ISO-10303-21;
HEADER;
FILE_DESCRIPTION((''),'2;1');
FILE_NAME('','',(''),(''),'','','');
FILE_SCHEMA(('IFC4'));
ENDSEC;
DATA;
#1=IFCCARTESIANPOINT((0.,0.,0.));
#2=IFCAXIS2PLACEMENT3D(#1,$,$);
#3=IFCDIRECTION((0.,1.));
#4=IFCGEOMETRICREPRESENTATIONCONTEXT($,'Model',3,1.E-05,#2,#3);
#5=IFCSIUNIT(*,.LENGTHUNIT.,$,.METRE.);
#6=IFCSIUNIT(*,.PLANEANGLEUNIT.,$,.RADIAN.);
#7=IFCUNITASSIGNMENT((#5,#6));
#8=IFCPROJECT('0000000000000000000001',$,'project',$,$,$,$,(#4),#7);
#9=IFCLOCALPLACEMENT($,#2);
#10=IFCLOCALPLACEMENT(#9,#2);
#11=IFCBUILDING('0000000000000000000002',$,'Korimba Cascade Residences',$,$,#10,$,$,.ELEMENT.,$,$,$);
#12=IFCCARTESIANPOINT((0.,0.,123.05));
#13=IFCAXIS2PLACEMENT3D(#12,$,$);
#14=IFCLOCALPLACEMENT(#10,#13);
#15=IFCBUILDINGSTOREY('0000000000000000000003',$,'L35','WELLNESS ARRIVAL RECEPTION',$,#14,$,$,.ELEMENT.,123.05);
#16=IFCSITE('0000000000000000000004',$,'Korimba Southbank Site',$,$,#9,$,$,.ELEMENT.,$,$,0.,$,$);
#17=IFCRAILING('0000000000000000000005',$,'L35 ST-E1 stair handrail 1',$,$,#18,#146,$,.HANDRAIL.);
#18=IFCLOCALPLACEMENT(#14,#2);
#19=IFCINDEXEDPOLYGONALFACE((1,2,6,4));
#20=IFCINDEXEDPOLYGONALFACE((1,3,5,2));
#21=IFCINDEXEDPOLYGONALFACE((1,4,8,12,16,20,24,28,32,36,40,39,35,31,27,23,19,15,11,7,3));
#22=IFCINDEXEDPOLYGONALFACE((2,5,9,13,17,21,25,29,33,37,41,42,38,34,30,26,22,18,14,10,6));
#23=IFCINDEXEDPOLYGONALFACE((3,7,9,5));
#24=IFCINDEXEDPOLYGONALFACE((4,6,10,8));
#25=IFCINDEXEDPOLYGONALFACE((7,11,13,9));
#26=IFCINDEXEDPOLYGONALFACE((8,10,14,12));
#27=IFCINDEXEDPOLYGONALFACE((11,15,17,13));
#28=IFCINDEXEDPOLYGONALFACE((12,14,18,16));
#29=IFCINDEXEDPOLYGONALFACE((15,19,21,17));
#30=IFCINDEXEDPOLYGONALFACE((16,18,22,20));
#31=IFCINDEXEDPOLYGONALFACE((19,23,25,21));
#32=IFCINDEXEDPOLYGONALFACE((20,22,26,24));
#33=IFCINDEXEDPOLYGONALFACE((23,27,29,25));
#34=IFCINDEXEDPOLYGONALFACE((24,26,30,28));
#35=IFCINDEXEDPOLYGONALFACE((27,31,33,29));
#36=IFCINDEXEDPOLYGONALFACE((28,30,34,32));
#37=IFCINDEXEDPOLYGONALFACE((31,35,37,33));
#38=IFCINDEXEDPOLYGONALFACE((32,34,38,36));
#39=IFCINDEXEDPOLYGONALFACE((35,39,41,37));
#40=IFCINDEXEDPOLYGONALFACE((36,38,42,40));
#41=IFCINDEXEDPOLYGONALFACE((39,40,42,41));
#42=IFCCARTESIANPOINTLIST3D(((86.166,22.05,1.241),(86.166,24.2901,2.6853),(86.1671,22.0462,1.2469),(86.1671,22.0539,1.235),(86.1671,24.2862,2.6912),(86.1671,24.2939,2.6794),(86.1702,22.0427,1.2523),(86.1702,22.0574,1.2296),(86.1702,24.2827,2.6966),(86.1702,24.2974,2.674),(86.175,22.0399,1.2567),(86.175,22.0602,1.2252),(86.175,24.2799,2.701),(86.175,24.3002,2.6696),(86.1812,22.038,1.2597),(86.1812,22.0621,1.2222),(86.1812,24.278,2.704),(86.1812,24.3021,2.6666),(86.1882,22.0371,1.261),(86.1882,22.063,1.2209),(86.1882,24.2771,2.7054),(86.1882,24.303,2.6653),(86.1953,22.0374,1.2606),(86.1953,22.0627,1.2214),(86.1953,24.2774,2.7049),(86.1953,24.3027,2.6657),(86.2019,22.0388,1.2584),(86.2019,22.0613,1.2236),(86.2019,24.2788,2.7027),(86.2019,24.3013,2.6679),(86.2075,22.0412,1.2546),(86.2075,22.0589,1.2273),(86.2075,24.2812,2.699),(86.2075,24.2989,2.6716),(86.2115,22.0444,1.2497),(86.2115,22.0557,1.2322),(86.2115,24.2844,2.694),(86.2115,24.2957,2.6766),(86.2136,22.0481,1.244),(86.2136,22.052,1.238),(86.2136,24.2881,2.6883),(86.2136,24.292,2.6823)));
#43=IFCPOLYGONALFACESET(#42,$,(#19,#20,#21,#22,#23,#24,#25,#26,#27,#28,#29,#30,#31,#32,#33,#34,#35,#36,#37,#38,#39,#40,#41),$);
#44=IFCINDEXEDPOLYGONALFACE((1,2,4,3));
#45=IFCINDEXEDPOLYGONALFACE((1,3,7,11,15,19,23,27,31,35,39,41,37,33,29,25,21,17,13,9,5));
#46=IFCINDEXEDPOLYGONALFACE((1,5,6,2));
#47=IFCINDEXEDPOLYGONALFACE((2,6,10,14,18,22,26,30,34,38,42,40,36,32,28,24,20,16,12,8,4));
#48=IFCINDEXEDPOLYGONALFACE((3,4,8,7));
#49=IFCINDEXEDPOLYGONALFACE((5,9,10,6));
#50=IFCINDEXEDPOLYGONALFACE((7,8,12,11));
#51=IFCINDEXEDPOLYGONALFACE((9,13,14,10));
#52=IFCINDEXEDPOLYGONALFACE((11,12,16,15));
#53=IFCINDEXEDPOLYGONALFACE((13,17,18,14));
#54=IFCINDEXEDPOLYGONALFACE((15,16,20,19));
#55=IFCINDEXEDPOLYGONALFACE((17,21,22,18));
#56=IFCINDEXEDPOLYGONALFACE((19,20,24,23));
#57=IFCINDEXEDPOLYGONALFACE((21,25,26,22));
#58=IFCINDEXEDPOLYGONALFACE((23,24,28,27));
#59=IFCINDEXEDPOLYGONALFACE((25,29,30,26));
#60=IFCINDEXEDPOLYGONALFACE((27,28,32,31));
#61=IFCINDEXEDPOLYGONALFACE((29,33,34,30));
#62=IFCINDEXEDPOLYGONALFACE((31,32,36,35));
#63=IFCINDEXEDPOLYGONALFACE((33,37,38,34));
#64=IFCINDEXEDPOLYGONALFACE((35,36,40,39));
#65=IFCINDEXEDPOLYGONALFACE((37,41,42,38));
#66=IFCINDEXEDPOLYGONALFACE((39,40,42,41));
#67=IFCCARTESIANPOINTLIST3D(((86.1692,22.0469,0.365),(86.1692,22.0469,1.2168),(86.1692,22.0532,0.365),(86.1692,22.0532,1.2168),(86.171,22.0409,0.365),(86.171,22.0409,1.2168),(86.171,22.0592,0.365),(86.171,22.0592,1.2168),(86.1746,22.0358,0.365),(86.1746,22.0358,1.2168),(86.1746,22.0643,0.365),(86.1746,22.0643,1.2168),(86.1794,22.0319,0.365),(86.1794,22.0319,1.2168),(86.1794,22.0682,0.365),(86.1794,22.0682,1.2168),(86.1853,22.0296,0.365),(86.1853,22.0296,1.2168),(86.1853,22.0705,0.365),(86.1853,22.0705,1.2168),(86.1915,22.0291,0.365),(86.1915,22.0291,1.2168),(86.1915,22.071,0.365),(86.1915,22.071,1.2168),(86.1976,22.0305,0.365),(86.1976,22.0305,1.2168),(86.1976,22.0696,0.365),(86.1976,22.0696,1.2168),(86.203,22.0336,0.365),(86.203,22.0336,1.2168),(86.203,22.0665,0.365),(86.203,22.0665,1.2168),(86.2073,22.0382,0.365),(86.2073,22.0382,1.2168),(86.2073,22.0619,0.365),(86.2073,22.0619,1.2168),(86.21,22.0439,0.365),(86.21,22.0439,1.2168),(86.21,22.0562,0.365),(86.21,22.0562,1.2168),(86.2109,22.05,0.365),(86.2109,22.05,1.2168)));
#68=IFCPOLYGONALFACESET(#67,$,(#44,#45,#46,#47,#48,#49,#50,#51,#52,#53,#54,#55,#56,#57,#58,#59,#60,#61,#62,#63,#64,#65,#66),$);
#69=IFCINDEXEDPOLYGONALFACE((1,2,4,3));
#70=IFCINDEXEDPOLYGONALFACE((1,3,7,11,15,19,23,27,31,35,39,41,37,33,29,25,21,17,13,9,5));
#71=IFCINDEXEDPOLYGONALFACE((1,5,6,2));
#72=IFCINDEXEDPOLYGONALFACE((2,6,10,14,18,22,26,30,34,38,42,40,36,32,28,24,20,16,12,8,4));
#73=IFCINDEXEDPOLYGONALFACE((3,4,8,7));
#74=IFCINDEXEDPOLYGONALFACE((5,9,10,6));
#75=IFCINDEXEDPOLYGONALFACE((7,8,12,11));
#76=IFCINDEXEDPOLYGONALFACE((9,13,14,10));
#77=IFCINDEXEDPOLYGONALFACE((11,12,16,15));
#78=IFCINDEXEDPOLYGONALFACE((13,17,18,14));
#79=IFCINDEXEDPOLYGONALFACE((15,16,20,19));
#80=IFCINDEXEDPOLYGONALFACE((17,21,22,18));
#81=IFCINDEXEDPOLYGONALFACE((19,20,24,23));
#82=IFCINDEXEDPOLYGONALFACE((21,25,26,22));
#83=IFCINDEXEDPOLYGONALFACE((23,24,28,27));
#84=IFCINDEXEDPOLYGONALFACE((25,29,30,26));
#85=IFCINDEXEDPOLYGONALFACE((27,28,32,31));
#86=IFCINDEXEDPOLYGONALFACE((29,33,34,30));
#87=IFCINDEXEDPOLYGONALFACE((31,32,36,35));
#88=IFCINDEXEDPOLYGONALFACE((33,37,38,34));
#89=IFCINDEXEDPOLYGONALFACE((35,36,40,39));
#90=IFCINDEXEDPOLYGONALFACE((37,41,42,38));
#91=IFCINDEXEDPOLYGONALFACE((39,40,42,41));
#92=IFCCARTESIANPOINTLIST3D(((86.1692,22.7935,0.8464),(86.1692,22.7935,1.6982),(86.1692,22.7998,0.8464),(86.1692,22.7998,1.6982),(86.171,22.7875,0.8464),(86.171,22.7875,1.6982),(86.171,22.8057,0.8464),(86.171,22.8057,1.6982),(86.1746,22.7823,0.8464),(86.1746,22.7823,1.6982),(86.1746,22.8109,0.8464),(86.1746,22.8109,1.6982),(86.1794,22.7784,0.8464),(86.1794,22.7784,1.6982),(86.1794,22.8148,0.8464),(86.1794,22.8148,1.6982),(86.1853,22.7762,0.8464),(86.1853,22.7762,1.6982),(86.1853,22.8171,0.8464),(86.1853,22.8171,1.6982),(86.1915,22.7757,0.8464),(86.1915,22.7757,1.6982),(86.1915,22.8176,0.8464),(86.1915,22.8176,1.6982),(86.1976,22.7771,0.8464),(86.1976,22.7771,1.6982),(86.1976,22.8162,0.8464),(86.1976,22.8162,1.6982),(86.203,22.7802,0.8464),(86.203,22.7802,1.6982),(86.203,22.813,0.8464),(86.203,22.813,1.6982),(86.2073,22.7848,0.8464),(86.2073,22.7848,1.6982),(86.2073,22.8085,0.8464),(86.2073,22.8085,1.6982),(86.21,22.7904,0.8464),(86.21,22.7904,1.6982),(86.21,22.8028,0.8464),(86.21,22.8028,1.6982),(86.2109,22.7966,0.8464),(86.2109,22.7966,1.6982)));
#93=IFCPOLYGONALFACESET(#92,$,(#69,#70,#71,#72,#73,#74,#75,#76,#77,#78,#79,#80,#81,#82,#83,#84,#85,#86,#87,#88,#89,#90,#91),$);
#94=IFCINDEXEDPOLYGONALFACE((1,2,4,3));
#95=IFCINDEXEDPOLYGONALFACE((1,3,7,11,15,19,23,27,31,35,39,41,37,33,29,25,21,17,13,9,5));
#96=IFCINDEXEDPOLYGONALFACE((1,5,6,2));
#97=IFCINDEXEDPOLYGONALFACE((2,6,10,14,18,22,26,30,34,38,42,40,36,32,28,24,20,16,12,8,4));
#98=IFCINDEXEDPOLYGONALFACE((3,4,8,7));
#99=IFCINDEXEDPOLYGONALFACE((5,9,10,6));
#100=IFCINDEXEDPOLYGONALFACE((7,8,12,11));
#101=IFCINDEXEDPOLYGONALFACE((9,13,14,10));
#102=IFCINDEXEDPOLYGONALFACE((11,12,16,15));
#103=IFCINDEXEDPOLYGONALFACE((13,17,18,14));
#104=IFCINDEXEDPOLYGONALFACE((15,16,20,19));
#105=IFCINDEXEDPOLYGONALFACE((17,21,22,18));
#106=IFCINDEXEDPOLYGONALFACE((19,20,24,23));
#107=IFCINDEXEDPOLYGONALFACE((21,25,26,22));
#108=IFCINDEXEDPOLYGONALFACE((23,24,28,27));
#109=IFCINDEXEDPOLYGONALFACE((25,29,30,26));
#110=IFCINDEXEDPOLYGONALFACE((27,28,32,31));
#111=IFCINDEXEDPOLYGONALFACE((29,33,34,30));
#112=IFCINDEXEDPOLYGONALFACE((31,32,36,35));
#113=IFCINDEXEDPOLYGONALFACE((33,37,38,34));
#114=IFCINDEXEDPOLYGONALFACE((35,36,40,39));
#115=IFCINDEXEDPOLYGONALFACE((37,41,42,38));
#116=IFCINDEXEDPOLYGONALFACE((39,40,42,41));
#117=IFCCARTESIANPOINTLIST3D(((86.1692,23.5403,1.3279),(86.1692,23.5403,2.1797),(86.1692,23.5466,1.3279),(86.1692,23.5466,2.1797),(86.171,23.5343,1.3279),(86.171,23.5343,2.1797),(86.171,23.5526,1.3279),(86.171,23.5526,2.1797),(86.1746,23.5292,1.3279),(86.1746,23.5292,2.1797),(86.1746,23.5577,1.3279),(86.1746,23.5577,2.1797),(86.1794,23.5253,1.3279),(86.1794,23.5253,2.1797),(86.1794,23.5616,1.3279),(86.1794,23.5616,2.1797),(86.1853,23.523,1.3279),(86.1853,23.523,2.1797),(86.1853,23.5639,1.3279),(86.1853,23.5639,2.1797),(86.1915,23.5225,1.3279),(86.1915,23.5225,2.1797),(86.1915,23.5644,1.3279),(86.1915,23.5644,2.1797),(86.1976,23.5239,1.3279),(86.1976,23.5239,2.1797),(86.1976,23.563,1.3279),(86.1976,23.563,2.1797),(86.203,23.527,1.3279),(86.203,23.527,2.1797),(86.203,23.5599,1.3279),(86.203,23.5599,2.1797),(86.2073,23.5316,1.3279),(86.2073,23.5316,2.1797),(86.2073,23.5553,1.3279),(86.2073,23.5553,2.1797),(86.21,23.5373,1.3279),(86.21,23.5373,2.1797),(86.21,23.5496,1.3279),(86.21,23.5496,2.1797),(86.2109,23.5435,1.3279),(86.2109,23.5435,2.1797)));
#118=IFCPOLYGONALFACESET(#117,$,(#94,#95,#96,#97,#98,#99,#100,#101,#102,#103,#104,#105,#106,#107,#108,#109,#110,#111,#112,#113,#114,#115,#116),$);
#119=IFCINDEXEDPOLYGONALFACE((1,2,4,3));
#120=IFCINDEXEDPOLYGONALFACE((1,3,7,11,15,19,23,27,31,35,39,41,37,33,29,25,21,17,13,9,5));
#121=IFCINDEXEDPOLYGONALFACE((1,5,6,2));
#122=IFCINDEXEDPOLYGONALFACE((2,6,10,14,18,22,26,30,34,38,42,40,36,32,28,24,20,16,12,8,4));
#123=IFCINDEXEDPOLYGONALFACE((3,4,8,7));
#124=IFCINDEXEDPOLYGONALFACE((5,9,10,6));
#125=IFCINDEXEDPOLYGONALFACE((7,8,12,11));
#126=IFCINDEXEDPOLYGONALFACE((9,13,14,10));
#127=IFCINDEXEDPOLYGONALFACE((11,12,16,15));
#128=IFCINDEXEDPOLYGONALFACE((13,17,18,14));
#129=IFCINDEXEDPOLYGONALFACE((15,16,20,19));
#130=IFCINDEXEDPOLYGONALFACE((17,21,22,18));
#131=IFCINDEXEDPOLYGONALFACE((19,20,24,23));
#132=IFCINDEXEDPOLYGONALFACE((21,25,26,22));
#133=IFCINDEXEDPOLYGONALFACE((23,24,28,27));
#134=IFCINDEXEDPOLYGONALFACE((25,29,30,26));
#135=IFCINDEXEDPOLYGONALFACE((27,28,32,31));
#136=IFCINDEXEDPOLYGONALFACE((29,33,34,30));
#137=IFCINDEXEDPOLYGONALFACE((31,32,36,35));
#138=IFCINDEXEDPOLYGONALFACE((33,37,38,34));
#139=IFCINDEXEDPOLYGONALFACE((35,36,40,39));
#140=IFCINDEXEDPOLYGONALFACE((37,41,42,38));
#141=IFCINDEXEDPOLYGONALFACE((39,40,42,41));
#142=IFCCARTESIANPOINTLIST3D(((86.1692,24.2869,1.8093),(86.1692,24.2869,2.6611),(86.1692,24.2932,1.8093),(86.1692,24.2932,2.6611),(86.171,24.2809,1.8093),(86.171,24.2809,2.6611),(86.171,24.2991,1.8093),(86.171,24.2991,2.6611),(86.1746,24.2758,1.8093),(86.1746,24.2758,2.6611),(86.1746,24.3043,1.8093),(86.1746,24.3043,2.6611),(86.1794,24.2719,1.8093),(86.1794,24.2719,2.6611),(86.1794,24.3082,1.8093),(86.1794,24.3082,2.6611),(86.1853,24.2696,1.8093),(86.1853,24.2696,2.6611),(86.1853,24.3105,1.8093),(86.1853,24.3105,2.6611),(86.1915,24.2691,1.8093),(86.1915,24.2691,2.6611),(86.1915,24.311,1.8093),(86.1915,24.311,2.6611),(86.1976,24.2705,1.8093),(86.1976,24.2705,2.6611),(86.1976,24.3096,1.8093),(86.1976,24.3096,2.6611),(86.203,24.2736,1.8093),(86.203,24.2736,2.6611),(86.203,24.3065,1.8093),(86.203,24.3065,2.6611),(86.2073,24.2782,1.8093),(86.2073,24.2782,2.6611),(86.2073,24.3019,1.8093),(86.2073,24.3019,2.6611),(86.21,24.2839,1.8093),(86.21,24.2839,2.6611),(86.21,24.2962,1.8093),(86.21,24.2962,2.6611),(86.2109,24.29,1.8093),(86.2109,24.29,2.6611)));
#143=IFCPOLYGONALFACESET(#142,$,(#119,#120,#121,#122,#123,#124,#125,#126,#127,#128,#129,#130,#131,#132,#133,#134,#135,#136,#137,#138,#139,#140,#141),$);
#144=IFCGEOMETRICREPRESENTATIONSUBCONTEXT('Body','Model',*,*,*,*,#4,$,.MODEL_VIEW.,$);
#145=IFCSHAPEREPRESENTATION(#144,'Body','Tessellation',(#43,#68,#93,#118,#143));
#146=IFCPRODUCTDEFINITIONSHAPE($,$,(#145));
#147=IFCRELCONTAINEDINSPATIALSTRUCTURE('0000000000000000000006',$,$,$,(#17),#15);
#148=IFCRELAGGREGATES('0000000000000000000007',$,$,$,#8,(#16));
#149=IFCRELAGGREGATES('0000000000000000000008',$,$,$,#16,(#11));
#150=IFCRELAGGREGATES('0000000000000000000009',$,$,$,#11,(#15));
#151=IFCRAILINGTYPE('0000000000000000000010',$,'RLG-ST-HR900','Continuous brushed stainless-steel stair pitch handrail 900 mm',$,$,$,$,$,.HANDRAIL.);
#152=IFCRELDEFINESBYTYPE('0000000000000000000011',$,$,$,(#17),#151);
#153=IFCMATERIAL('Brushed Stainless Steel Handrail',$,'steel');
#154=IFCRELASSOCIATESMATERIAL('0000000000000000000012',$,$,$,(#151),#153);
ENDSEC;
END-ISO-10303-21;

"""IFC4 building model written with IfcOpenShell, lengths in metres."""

from ifc_helpers import new_model, si_unit, direction, frame, origin, origin_2d, place, context, subcontext, project, spatial, circle, extrude, material, type_object, element, save


model = new_model("IFC4")

# Units and contexts
model_context = context("Model", 3, precision=1e-05, world=origin(), true_north=direction((0.0, 1.0)))
body_context = subcontext(model_context, "Body", "Model", "MODEL_VIEW")
ifc_project = project(units=[si_unit("LENGTHUNIT", "METRE"), si_unit("PLANEANGLEUNIT", "RADIAN")], contexts=[model_context])

# Site, building, storey
site_placement = place(None, origin())
site = spatial("IfcSite", under=ifc_project, at=site_placement, Name="Korimba Southbank Site", CompositionType="ELEMENT", RefElevation=0.0)
building_placement = place(site_placement, origin())
building = spatial("IfcBuilding", under=site, at=building_placement, Name="Korimba Cascade Residences", CompositionType="ELEMENT")
storey_placement = place(building_placement, frame((0.0, 0.0, 123.05)))
storey = spatial("IfcBuildingStorey", under=building, at=storey_placement, Name="L35", Description="WELLNESS ARRIVAL RECEPTION", CompositionType="ELEMENT", Elevation=123.05)

# Railing
ifc_material_1 = material(Name="Brushed Stainless Steel Handrail", Category="steel")
railing_type = type_object("IfcRailingType", Name="RLG-ST-HR900", Description="Continuous brushed stainless-steel stair pitch handrail 900 mm", PredefinedType="HANDRAIL", material=ifc_material_1)
railing_placement = place(storey_placement, frame((86.1899, 22.05, 0.365)))
element("IfcRailing", 1, at=railing_placement, inside=storey, type_object=railing_type, Name="L35 ST-E1 stair handrail 1", PredefinedType="HANDRAIL", context=body_context, shape_type="SweptSolid", body=[
    extrude(circle(Radius=0.0239, at=origin_2d()), frame((0.0, 0.0, 0.876), z_axis=(0.0, 0.840437, 0.54191), x_axis=(-1.0, 0.0, 0.0)), (0.0, 0.0, 1.0), 2.6653),
    extrude(circle(Radius=0.021, at=origin_2d()), origin(), (0.0, 0.0, 1.0), 0.8518),
    extrude(circle(Radius=0.021, at=origin_2d()), frame((0.0, 0.7466, 0.4814)), (0.0, 0.0, 1.0), 0.8518),
    extrude(circle(Radius=0.021, at=origin_2d()), frame((0.0, 1.4934, 0.9629)), (0.0, 0.0, 1.0), 0.8518),
    extrude(circle(Radius=0.021, at=origin_2d()), frame((0.0, 2.24, 1.4443)), (0.0, 0.0, 1.0), 0.8518),
])

save(model, "model.ifc")
